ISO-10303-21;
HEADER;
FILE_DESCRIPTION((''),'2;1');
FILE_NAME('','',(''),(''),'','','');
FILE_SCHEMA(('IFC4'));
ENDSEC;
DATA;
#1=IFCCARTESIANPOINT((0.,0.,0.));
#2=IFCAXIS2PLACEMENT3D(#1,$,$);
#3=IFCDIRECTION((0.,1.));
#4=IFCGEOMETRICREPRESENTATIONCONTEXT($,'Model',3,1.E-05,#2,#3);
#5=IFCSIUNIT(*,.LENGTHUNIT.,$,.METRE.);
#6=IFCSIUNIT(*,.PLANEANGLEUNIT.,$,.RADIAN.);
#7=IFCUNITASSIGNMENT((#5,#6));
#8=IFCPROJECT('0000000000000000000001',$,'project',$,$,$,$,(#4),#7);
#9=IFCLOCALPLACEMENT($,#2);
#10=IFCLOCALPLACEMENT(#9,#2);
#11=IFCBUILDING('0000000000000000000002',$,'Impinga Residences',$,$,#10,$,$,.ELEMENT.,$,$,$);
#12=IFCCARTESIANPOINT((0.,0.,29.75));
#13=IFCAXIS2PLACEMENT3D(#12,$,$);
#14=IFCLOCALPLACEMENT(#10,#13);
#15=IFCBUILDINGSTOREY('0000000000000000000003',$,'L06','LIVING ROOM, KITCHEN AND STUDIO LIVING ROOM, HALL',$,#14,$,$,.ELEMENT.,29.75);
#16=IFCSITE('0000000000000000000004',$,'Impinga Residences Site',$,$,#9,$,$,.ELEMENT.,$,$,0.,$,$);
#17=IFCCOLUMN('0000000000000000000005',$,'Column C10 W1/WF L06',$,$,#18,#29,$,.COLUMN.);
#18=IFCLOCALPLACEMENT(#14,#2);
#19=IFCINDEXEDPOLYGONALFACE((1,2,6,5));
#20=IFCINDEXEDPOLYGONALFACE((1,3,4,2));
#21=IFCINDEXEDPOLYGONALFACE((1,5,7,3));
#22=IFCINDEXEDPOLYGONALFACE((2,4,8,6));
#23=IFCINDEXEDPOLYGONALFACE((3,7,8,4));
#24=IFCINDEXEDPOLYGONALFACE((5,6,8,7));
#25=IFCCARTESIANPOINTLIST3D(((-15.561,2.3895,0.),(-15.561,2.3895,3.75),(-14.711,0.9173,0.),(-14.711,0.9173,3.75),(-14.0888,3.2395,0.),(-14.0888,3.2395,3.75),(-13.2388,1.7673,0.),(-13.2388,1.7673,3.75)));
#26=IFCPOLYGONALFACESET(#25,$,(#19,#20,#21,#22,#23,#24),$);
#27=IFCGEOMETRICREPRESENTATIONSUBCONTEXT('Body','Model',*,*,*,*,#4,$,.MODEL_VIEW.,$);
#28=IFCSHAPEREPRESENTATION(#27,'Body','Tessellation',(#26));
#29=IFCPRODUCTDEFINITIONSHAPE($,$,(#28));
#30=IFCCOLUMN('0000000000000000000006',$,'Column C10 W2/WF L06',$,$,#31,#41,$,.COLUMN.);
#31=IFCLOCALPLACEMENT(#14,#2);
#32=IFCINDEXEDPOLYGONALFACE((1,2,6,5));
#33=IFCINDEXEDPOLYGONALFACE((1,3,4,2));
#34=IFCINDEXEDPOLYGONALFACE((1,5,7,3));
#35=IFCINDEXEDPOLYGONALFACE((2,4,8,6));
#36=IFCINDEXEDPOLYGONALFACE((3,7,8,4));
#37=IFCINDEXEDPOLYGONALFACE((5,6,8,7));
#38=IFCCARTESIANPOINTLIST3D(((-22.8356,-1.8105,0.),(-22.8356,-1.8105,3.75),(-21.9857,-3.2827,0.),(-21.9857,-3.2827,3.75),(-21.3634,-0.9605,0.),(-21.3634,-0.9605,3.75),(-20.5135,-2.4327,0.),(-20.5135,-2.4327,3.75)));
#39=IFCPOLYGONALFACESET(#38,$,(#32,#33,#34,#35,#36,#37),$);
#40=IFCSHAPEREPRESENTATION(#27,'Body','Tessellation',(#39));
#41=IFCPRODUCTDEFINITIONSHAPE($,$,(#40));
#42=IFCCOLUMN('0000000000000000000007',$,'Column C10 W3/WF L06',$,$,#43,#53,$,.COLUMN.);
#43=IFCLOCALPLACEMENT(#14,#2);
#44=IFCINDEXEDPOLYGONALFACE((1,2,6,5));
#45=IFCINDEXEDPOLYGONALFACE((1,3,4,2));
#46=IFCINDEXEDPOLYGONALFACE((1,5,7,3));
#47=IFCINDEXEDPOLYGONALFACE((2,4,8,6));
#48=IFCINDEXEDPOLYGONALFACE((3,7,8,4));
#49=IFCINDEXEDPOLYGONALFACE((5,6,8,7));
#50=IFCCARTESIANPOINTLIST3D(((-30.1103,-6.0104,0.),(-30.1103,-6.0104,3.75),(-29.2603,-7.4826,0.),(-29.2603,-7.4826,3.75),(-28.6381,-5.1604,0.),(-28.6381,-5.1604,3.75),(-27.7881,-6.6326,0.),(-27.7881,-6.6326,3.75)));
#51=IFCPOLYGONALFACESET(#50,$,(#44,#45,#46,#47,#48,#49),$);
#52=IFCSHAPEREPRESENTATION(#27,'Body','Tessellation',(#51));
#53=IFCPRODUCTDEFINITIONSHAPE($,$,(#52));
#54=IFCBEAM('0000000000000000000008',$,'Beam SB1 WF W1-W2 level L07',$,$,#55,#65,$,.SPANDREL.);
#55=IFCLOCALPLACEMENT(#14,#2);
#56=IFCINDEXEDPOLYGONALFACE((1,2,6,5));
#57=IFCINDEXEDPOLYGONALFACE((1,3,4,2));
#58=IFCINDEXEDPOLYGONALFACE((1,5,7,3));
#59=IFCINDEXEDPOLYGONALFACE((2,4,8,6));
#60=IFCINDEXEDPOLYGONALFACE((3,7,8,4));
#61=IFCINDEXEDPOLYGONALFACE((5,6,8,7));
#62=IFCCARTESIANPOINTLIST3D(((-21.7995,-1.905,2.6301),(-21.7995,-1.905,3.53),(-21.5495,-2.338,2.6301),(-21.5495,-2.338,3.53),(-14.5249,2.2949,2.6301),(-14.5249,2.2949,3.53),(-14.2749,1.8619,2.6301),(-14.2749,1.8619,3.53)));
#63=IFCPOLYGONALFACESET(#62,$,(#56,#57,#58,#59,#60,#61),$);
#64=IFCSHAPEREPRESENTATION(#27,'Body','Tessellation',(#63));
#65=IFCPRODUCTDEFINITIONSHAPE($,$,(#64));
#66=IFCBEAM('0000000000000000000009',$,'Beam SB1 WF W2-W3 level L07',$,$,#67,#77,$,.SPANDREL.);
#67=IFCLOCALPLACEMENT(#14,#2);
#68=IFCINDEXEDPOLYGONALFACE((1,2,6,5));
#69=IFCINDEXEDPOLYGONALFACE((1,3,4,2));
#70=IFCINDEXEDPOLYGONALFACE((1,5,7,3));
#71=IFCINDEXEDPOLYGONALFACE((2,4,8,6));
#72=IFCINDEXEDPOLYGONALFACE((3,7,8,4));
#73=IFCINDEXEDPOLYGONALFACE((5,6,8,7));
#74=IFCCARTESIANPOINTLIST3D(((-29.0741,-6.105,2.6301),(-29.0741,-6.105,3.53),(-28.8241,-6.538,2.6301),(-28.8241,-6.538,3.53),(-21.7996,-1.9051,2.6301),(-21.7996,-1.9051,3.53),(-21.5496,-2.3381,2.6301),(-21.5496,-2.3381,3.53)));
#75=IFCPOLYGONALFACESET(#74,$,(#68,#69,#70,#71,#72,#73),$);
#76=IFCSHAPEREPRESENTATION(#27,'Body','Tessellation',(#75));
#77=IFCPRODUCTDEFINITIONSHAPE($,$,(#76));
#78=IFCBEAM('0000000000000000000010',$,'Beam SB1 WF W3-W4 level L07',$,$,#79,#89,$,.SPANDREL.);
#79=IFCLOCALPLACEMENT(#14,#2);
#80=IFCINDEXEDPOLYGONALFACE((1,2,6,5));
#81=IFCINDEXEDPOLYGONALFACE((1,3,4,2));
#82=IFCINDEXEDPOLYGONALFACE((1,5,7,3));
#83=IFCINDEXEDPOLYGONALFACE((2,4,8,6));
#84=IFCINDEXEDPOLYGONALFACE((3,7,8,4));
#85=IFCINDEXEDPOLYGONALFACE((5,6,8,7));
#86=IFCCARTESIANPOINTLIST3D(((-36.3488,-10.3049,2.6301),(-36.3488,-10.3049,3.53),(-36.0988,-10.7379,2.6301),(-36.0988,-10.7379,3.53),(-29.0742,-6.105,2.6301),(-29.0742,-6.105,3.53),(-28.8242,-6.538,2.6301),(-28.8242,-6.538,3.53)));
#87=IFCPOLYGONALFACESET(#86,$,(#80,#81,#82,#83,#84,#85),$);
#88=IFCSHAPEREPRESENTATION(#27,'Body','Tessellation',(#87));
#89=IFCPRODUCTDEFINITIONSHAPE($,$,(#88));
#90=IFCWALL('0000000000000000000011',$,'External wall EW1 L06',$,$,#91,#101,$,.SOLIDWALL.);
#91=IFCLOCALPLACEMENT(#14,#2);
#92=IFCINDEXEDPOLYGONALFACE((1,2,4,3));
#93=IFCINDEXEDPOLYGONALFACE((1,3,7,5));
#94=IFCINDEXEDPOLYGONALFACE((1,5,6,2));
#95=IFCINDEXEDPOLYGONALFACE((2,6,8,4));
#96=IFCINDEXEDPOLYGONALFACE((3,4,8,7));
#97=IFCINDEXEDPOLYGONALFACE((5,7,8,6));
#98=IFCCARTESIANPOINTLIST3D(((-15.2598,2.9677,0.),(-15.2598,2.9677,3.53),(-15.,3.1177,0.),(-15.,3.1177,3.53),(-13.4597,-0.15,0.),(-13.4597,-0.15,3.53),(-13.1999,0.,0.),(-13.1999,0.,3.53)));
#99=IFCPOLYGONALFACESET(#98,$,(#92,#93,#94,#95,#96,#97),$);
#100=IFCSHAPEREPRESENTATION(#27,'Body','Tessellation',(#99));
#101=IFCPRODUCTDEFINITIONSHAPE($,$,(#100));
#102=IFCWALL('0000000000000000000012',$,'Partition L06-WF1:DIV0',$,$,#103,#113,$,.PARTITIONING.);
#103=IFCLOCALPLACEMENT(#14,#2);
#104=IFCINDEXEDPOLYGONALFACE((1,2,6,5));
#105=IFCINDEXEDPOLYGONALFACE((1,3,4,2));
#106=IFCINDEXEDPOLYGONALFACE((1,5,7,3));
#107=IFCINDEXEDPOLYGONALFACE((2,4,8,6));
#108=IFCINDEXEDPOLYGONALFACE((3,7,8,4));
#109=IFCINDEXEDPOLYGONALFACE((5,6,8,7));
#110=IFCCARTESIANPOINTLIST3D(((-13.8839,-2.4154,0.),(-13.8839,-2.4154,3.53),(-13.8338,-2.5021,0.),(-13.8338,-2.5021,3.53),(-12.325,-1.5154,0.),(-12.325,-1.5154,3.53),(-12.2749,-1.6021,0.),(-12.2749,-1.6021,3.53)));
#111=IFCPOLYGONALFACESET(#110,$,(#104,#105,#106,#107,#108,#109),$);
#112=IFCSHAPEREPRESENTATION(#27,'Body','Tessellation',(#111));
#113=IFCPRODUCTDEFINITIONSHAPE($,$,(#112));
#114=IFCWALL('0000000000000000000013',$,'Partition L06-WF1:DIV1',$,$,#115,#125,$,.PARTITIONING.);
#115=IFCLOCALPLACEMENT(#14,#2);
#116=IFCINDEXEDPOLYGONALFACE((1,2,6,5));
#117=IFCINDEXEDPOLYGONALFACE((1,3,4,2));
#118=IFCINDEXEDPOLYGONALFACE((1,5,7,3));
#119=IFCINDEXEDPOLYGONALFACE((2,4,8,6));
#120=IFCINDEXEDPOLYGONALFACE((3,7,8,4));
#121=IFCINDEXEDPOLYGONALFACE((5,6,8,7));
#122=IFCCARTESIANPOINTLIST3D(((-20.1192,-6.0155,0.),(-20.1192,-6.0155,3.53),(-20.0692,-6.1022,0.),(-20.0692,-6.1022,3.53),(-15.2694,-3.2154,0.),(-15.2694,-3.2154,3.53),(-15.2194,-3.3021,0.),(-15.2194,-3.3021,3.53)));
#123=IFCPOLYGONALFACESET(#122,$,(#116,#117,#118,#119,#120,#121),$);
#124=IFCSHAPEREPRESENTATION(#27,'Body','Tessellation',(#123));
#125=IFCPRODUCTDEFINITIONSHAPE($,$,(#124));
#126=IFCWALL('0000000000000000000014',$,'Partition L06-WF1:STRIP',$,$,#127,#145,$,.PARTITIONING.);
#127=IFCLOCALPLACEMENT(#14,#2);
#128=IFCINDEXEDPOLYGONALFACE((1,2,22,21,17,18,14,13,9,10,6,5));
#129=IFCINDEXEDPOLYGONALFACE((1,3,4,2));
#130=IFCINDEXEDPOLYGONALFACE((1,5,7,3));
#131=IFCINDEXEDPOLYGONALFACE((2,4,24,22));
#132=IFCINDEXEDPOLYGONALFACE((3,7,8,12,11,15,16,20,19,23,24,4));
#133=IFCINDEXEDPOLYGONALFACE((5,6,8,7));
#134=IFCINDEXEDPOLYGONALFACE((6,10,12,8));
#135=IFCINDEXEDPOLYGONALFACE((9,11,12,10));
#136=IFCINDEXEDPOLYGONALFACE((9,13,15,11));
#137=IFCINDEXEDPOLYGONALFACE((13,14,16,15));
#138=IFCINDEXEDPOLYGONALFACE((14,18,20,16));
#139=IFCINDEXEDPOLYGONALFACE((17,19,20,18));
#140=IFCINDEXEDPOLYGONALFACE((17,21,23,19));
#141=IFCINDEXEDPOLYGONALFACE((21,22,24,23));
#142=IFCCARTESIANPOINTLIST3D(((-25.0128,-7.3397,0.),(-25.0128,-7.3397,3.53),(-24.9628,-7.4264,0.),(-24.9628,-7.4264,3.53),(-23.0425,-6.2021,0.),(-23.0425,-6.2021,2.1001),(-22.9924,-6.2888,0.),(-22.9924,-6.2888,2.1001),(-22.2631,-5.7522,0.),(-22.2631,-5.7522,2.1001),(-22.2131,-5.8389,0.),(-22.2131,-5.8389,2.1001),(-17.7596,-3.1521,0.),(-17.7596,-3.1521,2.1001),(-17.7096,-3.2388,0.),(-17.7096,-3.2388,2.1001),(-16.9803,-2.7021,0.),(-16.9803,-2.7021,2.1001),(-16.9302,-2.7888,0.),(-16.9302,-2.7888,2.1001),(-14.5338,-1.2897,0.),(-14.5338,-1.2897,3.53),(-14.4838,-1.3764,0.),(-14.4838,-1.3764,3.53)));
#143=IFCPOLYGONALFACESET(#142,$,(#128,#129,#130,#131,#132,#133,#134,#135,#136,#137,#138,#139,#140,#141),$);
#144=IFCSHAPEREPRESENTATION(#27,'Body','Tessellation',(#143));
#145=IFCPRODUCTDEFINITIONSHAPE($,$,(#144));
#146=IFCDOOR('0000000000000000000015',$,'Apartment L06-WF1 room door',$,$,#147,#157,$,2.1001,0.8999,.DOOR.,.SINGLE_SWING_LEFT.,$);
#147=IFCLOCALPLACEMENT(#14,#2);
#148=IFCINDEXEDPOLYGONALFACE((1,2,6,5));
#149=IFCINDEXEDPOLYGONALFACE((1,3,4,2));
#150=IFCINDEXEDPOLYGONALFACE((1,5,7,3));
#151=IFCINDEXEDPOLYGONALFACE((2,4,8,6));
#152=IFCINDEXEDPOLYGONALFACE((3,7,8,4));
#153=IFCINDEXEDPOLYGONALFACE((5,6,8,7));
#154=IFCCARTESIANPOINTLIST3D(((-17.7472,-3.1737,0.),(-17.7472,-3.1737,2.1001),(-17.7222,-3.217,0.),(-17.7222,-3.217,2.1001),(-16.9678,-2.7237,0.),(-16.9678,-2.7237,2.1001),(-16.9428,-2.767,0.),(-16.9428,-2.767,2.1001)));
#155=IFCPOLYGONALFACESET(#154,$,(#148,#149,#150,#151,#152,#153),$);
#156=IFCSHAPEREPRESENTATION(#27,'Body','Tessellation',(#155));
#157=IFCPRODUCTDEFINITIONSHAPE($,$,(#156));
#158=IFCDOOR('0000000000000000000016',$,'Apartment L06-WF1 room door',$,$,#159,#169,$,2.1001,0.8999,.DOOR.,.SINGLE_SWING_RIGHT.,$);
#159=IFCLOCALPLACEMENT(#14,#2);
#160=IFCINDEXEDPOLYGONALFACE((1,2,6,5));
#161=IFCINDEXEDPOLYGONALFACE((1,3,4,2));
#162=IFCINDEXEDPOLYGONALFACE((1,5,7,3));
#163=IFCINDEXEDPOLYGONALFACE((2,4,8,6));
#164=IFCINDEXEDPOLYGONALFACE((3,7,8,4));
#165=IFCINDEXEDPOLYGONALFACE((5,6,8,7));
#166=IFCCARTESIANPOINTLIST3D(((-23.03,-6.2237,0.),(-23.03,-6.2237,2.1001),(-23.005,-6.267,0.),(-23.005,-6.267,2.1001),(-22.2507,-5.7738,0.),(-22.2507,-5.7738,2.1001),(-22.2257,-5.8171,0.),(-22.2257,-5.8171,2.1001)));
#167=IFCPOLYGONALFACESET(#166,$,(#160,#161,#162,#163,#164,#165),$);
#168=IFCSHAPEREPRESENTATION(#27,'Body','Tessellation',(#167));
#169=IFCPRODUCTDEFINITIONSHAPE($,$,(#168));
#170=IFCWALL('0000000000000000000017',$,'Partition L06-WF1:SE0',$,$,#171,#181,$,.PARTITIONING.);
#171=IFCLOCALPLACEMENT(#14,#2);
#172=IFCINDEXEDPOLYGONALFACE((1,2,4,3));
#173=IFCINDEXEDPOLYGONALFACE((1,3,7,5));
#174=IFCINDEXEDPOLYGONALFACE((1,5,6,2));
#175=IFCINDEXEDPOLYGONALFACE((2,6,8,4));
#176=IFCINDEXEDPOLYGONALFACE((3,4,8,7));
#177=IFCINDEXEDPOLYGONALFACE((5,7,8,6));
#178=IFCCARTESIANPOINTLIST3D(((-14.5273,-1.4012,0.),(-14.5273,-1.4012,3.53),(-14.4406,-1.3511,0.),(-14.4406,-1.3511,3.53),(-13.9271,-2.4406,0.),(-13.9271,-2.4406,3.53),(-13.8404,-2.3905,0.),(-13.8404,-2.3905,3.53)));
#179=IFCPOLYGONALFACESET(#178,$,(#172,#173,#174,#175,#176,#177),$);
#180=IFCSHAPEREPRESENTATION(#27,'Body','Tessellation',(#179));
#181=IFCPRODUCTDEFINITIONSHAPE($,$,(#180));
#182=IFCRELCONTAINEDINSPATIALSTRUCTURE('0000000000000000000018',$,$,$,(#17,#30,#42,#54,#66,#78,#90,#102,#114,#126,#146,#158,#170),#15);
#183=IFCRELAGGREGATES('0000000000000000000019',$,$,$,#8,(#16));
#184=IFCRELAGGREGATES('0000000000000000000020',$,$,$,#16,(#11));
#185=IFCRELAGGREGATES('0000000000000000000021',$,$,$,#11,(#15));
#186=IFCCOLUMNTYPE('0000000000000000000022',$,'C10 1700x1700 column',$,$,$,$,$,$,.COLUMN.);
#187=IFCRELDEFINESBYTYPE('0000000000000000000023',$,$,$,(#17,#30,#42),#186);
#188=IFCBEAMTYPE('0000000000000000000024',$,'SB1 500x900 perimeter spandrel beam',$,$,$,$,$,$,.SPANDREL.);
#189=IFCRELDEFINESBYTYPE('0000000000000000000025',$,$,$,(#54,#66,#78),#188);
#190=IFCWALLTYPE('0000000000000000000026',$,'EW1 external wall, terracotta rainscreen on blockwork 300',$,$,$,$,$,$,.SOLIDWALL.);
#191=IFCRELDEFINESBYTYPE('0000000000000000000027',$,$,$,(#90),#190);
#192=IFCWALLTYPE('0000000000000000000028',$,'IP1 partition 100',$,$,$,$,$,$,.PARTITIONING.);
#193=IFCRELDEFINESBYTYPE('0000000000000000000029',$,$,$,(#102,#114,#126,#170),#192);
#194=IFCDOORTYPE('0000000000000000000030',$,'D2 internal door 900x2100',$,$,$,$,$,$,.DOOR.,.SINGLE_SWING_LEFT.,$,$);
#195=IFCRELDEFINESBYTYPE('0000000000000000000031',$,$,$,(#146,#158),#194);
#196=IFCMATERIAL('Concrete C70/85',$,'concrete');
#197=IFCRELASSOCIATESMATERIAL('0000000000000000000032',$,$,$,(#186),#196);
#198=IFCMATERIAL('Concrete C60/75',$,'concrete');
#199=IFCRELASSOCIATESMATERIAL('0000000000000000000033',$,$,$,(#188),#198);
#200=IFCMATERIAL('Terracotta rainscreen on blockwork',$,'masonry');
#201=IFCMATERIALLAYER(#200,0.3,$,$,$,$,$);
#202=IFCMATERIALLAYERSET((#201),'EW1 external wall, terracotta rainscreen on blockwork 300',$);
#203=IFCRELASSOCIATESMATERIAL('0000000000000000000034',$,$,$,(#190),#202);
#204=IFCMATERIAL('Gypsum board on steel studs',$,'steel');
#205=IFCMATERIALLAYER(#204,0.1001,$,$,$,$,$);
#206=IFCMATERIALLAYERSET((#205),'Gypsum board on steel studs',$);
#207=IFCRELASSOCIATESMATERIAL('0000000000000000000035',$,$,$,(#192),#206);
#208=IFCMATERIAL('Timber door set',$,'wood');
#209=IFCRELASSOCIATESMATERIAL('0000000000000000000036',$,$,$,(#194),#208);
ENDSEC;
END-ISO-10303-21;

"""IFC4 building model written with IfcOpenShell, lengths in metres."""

from ifc_helpers import new_model, si_unit, direction, frame, frame_2d, origin, origin_2d, place, context, subcontext, project, spatial, rectangle, extrude, material, layer, layer_set, material_profile, profile_set, type_object, element, fill, save


model = new_model("IFC4")

# Units and contexts
model_context = context("Model", 3, precision=1e-05, world=origin(), true_north=direction((0.0, 1.0)))
body_context = subcontext(model_context, "Body", "Model", "MODEL_VIEW")
ifc_project = project(units=[si_unit("LENGTHUNIT", "METRE"), si_unit("PLANEANGLEUNIT", "RADIAN")], contexts=[model_context])

# Site, building, storey
site_placement = place(None, origin())
site = spatial("IfcSite", under=ifc_project, at=site_placement, Name="Impinga Residences Site", CompositionType="ELEMENT", RefElevation=0.0)
building_placement = place(site_placement, origin())
building = spatial("IfcBuilding", under=site, at=building_placement, Name="Impinga Residences", CompositionType="ELEMENT")
storey_placement = place(building_placement, frame((0.0, 0.0, 29.75)))
storey = spatial("IfcBuildingStorey", under=building, at=storey_placement, Name="L06", Description="LIVING ROOM, KITCHEN AND STUDIO LIVING ROOM, HALL", CompositionType="ELEMENT", Elevation=29.75)

# Columns
ifc_material_1 = material(Name="Concrete C70/85", Category="concrete")
ifc_material_profile_1 = material_profile(ifc_material_1, rectangle(XDim=1.7, YDim=1.7, at=origin_2d()), Name="RC 1700x1700")
ifc_profile_set_1 = profile_set([ifc_material_profile_1], Name="Concrete C70/85")
column_type = type_object("IfcColumnType", Name="C10 1700x1700 column", PredefinedType="COLUMN", material=ifc_profile_set_1)
for number, where, z_axis, x_axis, name in (
    (1, (-14.3999, 2.0784, 0.0), (0.0, 0.0, 1.0), (-0.5, 0.866025, 0.0), "Column C10 W1/WF L06"),
    (2, (-21.6746, -2.1216, 0.0), (0.0, 0.0, 1.0), (-0.5, 0.866025, 0.0), "Column C10 W2/WF L06"),
    (3, (-28.9492, -6.3215, 0.0), (0.0, 0.0, 1.0), (-0.5, 0.866025, 0.0), "Column C10 W3/WF L06"),
):
    element("IfcColumn", number, at=place(storey_placement, frame(where, z_axis=z_axis, x_axis=x_axis)), inside=storey, type_object=column_type, Name=name, PredefinedType="COLUMN", context=body_context, shape_type="SweptSolid", body=[
        extrude(rectangle(XDim=1.7, YDim=1.7, at=origin_2d()), origin(), (0.0, 0.0, 1.0), 3.75),
    ])

# Beams
ifc_material_2 = material(Name="Concrete C60/75", Category="concrete")
ifc_material_profile_2 = material_profile(ifc_material_2, rectangle(XDim=0.5, YDim=0.8999, at=origin_2d()), Name="RC 500x900")
ifc_profile_set_2 = profile_set([ifc_material_profile_2], Name="Concrete C60/75")
beam_type = type_object("IfcBeamType", Name="SB1 500x900 perimeter spandrel beam", PredefinedType="SPANDREL", material=ifc_profile_set_2)
for number, where, z_axis, x_axis, name in (
    (4, (-14.3999, 2.0784, 3.0801), (-0.866029, -0.499993, 0.0), (0.499993, -0.866029, 0.0), "Beam SB1 WF W1-W2 level L07"),
    (5, (-21.6746, -2.1216, 3.0801), (-0.866029, -0.499993, 0.0), (0.499993, -0.866029, 0.0), "Beam SB1 WF W2-W3 level L07"),
    (6, (-28.9492, -6.3215, 3.0801), (-0.866029, -0.499993, 0.0), (0.499993, -0.866029, 0.0), "Beam SB1 WF W3-W4 level L07"),
):
    element("IfcBeam", number, at=place(storey_placement, frame(where, z_axis=z_axis, x_axis=x_axis)), inside=storey, type_object=beam_type, Name=name, PredefinedType="SPANDREL", context=body_context, shape_type="SweptSolid", body=[
        extrude(rectangle(XDim=0.5, YDim=0.8999, at=origin_2d()), origin(), (0.0, 0.0, 1.0), 8.3999),
    ])

# Walls
ifc_material_3 = material(Name="Terracotta rainscreen on blockwork", Category="masonry")
ifc_layer_1 = layer(ifc_material_3, 0.3)
ifc_layer_set_1 = layer_set([ifc_layer_1], Name="EW1 external wall, terracotta rainscreen on blockwork 300")
wall_type_1 = type_object("IfcWallType", Name="EW1 external wall, terracotta rainscreen on blockwork 300", PredefinedType="SOLIDWALL", material=ifc_layer_set_1)
wall_1_placement = place(storey_placement, frame((-15.1299, 3.0427, 0.0), z_axis=(0.0, 0.0, 1.0), x_axis=(0.500012, -0.866018, 0.0)))
element("IfcWall", 7, at=wall_1_placement, inside=storey, type_object=wall_type_1, Name="External wall EW1 L06", PredefinedType="SOLIDWALL", context=body_context, shape_type="SweptSolid", body=[
    extrude(rectangle(XDim=3.6001, YDim=0.3, at=frame_2d((1.8, 0.0))), origin(), (0.0, 0.0, 1.0), 3.53),
])
ifc_material_4 = material(Name="Gypsum board on steel studs", Category="steel")
ifc_layer_2 = layer(ifc_material_4, 0.1001)
ifc_layer_set_2 = layer_set([ifc_layer_2], Name="Gypsum board on steel studs")
wall_type_2 = type_object("IfcWallType", Name="IP1 partition 100", PredefinedType="PARTITIONING", material=ifc_layer_set_2)
wall_2_placement = place(storey_placement, frame((-12.3, -1.5588, 0.0), z_axis=(0.0, 0.0, 1.0), x_axis=(-0.866048, -0.499961, 0.0)))
element("IfcWall", 8, at=wall_2_placement, inside=storey, type_object=wall_type_2, Name="Partition L06-WF1:DIV0", PredefinedType="PARTITIONING", context=body_context, shape_type="SweptSolid", body=[
    extrude(rectangle(XDim=1.8, YDim=0.1001, at=frame_2d((0.8999, 0.0))), origin(), (0.0, 0.0, 1.0), 3.53),
])
wall_3_placement = place(storey_placement, frame((-15.2444, -3.2588, 0.0), z_axis=(0.0, 0.0, 1.0), x_axis=(-0.866027, -0.499998, 0.0)))
element("IfcWall", 9, at=wall_3_placement, inside=storey, type_object=wall_type_2, Name="Partition L06-WF1:DIV1", PredefinedType="PARTITIONING", context=body_context, shape_type="SweptSolid", body=[
    extrude(rectangle(XDim=5.6001, YDim=0.1001, at=frame_2d((2.8, 0.0))), origin(), (0.0, 0.0, 1.0), 3.53),
])

# Wall, openings, doors
wall_4_placement = place(storey_placement, frame((-14.5088, -1.333, 0.0), z_axis=(0.0, 0.0, 1.0), x_axis=(-0.866026, -0.5, 0.0)))
wall_4 = element("IfcWall", 10, at=wall_4_placement, inside=storey, type_object=wall_type_2, Name="Partition L06-WF1:STRIP", PredefinedType="PARTITIONING", context=body_context, shape_type="SweptSolid", body=[
    extrude(rectangle(XDim=12.1001, YDim=0.1001, at=frame_2d((6.05, 0.0))), origin(), (0.0, 0.0, 1.0), 3.53),
])
opening_1_placement = place(wall_4_placement, frame((2.825, 0.0, 0.0)))
opening_1 = element("IfcOpeningElement", 11, at=opening_1_placement, cuts=wall_4, PredefinedType="OPENING", context=body_context, shape_type="SweptSolid", body=[
    extrude(rectangle(XDim=0.8999, YDim=2.1001, at=frame_2d((0.45, 1.05))), frame((0.0, 0.0601, 0.0), z_axis=(0.0, -1.0, 0.0), x_axis=(1.0, 0.0, 0.0)), (0.0, 0.0, 1.0), 0.1201),
])
opening_2_placement = place(wall_4_placement, frame((8.925, 0.0, 0.0)))
opening_2 = element("IfcOpeningElement", 12, at=opening_2_placement, cuts=wall_4, PredefinedType="OPENING", context=body_context, shape_type="SweptSolid", body=[
    extrude(rectangle(XDim=0.8999, YDim=2.1001, at=frame_2d((0.45, 1.05))), frame((0.0, 0.0601, 0.0), z_axis=(0.0, -1.0, 0.0), x_axis=(1.0, 0.0, 0.0)), (0.0, 0.0, 1.0), 0.1201),
])
ifc_material_5 = material(Name="Timber door set", Category="wood")
door_type = type_object("IfcDoorType", Name="D2 internal door 900x2100", OperationType="SINGLE_SWING_LEFT", PredefinedType="DOOR", material=ifc_material_5)
door_1_placement = place(opening_1_placement, origin())
door_1 = element("IfcDoor", 13, at=door_1_placement, inside=storey, type_object=door_type, Name="Apartment L06-WF1 room door", OperationType="SINGLE_SWING_LEFT", OverallHeight=2.1001, OverallWidth=0.8999, PredefinedType="DOOR", context=body_context, shape_type="SweptSolid", body=[
    extrude(rectangle(XDim=0.8999, YDim=2.1001, at=frame_2d((0.45, 1.05))), frame((0.0, 0.0249, 0.0), z_axis=(0.0, -1.0, 0.0), x_axis=(1.0, 0.0, 0.0)), (0.0, 0.0, 1.0), 0.05),
])
fill(opening_1, door_1)
door_2_placement = place(opening_2_placement, origin())
door_2 = element("IfcDoor", 14, at=door_2_placement, inside=storey, type_object=door_type, Name="Apartment L06-WF1 room door", OperationType="SINGLE_SWING_RIGHT", OverallHeight=2.1001, OverallWidth=0.8999, PredefinedType="DOOR", context=body_context, shape_type="SweptSolid", body=[
    extrude(rectangle(XDim=0.8999, YDim=2.1001, at=frame_2d((0.45, 1.05))), frame((0.0, 0.0249, 0.0), z_axis=(0.0, -1.0, 0.0), x_axis=(1.0, 0.0, 0.0)), (0.0, 0.0, 1.0), 0.05),
])
fill(opening_2, door_2)

# Wall
wall_5_placement = place(storey_placement, frame((-13.8838, -2.4155, 0.0), z_axis=(0.0, 0.0, 1.0), x_axis=(-0.500034, 0.866006, 0.0)))
element("IfcWall", 15, at=wall_5_placement, inside=storey, type_object=wall_type_2, Name="Partition L06-WF1:SE0", PredefinedType="PARTITIONING", context=body_context, shape_type="SweptSolid", body=[
    extrude(rectangle(XDim=1.2002, YDim=0.1001, at=frame_2d((0.6001, 0.0))), origin(), (0.0, 0.0, 1.0), 3.53),
])

save(model, "model.ifc")
